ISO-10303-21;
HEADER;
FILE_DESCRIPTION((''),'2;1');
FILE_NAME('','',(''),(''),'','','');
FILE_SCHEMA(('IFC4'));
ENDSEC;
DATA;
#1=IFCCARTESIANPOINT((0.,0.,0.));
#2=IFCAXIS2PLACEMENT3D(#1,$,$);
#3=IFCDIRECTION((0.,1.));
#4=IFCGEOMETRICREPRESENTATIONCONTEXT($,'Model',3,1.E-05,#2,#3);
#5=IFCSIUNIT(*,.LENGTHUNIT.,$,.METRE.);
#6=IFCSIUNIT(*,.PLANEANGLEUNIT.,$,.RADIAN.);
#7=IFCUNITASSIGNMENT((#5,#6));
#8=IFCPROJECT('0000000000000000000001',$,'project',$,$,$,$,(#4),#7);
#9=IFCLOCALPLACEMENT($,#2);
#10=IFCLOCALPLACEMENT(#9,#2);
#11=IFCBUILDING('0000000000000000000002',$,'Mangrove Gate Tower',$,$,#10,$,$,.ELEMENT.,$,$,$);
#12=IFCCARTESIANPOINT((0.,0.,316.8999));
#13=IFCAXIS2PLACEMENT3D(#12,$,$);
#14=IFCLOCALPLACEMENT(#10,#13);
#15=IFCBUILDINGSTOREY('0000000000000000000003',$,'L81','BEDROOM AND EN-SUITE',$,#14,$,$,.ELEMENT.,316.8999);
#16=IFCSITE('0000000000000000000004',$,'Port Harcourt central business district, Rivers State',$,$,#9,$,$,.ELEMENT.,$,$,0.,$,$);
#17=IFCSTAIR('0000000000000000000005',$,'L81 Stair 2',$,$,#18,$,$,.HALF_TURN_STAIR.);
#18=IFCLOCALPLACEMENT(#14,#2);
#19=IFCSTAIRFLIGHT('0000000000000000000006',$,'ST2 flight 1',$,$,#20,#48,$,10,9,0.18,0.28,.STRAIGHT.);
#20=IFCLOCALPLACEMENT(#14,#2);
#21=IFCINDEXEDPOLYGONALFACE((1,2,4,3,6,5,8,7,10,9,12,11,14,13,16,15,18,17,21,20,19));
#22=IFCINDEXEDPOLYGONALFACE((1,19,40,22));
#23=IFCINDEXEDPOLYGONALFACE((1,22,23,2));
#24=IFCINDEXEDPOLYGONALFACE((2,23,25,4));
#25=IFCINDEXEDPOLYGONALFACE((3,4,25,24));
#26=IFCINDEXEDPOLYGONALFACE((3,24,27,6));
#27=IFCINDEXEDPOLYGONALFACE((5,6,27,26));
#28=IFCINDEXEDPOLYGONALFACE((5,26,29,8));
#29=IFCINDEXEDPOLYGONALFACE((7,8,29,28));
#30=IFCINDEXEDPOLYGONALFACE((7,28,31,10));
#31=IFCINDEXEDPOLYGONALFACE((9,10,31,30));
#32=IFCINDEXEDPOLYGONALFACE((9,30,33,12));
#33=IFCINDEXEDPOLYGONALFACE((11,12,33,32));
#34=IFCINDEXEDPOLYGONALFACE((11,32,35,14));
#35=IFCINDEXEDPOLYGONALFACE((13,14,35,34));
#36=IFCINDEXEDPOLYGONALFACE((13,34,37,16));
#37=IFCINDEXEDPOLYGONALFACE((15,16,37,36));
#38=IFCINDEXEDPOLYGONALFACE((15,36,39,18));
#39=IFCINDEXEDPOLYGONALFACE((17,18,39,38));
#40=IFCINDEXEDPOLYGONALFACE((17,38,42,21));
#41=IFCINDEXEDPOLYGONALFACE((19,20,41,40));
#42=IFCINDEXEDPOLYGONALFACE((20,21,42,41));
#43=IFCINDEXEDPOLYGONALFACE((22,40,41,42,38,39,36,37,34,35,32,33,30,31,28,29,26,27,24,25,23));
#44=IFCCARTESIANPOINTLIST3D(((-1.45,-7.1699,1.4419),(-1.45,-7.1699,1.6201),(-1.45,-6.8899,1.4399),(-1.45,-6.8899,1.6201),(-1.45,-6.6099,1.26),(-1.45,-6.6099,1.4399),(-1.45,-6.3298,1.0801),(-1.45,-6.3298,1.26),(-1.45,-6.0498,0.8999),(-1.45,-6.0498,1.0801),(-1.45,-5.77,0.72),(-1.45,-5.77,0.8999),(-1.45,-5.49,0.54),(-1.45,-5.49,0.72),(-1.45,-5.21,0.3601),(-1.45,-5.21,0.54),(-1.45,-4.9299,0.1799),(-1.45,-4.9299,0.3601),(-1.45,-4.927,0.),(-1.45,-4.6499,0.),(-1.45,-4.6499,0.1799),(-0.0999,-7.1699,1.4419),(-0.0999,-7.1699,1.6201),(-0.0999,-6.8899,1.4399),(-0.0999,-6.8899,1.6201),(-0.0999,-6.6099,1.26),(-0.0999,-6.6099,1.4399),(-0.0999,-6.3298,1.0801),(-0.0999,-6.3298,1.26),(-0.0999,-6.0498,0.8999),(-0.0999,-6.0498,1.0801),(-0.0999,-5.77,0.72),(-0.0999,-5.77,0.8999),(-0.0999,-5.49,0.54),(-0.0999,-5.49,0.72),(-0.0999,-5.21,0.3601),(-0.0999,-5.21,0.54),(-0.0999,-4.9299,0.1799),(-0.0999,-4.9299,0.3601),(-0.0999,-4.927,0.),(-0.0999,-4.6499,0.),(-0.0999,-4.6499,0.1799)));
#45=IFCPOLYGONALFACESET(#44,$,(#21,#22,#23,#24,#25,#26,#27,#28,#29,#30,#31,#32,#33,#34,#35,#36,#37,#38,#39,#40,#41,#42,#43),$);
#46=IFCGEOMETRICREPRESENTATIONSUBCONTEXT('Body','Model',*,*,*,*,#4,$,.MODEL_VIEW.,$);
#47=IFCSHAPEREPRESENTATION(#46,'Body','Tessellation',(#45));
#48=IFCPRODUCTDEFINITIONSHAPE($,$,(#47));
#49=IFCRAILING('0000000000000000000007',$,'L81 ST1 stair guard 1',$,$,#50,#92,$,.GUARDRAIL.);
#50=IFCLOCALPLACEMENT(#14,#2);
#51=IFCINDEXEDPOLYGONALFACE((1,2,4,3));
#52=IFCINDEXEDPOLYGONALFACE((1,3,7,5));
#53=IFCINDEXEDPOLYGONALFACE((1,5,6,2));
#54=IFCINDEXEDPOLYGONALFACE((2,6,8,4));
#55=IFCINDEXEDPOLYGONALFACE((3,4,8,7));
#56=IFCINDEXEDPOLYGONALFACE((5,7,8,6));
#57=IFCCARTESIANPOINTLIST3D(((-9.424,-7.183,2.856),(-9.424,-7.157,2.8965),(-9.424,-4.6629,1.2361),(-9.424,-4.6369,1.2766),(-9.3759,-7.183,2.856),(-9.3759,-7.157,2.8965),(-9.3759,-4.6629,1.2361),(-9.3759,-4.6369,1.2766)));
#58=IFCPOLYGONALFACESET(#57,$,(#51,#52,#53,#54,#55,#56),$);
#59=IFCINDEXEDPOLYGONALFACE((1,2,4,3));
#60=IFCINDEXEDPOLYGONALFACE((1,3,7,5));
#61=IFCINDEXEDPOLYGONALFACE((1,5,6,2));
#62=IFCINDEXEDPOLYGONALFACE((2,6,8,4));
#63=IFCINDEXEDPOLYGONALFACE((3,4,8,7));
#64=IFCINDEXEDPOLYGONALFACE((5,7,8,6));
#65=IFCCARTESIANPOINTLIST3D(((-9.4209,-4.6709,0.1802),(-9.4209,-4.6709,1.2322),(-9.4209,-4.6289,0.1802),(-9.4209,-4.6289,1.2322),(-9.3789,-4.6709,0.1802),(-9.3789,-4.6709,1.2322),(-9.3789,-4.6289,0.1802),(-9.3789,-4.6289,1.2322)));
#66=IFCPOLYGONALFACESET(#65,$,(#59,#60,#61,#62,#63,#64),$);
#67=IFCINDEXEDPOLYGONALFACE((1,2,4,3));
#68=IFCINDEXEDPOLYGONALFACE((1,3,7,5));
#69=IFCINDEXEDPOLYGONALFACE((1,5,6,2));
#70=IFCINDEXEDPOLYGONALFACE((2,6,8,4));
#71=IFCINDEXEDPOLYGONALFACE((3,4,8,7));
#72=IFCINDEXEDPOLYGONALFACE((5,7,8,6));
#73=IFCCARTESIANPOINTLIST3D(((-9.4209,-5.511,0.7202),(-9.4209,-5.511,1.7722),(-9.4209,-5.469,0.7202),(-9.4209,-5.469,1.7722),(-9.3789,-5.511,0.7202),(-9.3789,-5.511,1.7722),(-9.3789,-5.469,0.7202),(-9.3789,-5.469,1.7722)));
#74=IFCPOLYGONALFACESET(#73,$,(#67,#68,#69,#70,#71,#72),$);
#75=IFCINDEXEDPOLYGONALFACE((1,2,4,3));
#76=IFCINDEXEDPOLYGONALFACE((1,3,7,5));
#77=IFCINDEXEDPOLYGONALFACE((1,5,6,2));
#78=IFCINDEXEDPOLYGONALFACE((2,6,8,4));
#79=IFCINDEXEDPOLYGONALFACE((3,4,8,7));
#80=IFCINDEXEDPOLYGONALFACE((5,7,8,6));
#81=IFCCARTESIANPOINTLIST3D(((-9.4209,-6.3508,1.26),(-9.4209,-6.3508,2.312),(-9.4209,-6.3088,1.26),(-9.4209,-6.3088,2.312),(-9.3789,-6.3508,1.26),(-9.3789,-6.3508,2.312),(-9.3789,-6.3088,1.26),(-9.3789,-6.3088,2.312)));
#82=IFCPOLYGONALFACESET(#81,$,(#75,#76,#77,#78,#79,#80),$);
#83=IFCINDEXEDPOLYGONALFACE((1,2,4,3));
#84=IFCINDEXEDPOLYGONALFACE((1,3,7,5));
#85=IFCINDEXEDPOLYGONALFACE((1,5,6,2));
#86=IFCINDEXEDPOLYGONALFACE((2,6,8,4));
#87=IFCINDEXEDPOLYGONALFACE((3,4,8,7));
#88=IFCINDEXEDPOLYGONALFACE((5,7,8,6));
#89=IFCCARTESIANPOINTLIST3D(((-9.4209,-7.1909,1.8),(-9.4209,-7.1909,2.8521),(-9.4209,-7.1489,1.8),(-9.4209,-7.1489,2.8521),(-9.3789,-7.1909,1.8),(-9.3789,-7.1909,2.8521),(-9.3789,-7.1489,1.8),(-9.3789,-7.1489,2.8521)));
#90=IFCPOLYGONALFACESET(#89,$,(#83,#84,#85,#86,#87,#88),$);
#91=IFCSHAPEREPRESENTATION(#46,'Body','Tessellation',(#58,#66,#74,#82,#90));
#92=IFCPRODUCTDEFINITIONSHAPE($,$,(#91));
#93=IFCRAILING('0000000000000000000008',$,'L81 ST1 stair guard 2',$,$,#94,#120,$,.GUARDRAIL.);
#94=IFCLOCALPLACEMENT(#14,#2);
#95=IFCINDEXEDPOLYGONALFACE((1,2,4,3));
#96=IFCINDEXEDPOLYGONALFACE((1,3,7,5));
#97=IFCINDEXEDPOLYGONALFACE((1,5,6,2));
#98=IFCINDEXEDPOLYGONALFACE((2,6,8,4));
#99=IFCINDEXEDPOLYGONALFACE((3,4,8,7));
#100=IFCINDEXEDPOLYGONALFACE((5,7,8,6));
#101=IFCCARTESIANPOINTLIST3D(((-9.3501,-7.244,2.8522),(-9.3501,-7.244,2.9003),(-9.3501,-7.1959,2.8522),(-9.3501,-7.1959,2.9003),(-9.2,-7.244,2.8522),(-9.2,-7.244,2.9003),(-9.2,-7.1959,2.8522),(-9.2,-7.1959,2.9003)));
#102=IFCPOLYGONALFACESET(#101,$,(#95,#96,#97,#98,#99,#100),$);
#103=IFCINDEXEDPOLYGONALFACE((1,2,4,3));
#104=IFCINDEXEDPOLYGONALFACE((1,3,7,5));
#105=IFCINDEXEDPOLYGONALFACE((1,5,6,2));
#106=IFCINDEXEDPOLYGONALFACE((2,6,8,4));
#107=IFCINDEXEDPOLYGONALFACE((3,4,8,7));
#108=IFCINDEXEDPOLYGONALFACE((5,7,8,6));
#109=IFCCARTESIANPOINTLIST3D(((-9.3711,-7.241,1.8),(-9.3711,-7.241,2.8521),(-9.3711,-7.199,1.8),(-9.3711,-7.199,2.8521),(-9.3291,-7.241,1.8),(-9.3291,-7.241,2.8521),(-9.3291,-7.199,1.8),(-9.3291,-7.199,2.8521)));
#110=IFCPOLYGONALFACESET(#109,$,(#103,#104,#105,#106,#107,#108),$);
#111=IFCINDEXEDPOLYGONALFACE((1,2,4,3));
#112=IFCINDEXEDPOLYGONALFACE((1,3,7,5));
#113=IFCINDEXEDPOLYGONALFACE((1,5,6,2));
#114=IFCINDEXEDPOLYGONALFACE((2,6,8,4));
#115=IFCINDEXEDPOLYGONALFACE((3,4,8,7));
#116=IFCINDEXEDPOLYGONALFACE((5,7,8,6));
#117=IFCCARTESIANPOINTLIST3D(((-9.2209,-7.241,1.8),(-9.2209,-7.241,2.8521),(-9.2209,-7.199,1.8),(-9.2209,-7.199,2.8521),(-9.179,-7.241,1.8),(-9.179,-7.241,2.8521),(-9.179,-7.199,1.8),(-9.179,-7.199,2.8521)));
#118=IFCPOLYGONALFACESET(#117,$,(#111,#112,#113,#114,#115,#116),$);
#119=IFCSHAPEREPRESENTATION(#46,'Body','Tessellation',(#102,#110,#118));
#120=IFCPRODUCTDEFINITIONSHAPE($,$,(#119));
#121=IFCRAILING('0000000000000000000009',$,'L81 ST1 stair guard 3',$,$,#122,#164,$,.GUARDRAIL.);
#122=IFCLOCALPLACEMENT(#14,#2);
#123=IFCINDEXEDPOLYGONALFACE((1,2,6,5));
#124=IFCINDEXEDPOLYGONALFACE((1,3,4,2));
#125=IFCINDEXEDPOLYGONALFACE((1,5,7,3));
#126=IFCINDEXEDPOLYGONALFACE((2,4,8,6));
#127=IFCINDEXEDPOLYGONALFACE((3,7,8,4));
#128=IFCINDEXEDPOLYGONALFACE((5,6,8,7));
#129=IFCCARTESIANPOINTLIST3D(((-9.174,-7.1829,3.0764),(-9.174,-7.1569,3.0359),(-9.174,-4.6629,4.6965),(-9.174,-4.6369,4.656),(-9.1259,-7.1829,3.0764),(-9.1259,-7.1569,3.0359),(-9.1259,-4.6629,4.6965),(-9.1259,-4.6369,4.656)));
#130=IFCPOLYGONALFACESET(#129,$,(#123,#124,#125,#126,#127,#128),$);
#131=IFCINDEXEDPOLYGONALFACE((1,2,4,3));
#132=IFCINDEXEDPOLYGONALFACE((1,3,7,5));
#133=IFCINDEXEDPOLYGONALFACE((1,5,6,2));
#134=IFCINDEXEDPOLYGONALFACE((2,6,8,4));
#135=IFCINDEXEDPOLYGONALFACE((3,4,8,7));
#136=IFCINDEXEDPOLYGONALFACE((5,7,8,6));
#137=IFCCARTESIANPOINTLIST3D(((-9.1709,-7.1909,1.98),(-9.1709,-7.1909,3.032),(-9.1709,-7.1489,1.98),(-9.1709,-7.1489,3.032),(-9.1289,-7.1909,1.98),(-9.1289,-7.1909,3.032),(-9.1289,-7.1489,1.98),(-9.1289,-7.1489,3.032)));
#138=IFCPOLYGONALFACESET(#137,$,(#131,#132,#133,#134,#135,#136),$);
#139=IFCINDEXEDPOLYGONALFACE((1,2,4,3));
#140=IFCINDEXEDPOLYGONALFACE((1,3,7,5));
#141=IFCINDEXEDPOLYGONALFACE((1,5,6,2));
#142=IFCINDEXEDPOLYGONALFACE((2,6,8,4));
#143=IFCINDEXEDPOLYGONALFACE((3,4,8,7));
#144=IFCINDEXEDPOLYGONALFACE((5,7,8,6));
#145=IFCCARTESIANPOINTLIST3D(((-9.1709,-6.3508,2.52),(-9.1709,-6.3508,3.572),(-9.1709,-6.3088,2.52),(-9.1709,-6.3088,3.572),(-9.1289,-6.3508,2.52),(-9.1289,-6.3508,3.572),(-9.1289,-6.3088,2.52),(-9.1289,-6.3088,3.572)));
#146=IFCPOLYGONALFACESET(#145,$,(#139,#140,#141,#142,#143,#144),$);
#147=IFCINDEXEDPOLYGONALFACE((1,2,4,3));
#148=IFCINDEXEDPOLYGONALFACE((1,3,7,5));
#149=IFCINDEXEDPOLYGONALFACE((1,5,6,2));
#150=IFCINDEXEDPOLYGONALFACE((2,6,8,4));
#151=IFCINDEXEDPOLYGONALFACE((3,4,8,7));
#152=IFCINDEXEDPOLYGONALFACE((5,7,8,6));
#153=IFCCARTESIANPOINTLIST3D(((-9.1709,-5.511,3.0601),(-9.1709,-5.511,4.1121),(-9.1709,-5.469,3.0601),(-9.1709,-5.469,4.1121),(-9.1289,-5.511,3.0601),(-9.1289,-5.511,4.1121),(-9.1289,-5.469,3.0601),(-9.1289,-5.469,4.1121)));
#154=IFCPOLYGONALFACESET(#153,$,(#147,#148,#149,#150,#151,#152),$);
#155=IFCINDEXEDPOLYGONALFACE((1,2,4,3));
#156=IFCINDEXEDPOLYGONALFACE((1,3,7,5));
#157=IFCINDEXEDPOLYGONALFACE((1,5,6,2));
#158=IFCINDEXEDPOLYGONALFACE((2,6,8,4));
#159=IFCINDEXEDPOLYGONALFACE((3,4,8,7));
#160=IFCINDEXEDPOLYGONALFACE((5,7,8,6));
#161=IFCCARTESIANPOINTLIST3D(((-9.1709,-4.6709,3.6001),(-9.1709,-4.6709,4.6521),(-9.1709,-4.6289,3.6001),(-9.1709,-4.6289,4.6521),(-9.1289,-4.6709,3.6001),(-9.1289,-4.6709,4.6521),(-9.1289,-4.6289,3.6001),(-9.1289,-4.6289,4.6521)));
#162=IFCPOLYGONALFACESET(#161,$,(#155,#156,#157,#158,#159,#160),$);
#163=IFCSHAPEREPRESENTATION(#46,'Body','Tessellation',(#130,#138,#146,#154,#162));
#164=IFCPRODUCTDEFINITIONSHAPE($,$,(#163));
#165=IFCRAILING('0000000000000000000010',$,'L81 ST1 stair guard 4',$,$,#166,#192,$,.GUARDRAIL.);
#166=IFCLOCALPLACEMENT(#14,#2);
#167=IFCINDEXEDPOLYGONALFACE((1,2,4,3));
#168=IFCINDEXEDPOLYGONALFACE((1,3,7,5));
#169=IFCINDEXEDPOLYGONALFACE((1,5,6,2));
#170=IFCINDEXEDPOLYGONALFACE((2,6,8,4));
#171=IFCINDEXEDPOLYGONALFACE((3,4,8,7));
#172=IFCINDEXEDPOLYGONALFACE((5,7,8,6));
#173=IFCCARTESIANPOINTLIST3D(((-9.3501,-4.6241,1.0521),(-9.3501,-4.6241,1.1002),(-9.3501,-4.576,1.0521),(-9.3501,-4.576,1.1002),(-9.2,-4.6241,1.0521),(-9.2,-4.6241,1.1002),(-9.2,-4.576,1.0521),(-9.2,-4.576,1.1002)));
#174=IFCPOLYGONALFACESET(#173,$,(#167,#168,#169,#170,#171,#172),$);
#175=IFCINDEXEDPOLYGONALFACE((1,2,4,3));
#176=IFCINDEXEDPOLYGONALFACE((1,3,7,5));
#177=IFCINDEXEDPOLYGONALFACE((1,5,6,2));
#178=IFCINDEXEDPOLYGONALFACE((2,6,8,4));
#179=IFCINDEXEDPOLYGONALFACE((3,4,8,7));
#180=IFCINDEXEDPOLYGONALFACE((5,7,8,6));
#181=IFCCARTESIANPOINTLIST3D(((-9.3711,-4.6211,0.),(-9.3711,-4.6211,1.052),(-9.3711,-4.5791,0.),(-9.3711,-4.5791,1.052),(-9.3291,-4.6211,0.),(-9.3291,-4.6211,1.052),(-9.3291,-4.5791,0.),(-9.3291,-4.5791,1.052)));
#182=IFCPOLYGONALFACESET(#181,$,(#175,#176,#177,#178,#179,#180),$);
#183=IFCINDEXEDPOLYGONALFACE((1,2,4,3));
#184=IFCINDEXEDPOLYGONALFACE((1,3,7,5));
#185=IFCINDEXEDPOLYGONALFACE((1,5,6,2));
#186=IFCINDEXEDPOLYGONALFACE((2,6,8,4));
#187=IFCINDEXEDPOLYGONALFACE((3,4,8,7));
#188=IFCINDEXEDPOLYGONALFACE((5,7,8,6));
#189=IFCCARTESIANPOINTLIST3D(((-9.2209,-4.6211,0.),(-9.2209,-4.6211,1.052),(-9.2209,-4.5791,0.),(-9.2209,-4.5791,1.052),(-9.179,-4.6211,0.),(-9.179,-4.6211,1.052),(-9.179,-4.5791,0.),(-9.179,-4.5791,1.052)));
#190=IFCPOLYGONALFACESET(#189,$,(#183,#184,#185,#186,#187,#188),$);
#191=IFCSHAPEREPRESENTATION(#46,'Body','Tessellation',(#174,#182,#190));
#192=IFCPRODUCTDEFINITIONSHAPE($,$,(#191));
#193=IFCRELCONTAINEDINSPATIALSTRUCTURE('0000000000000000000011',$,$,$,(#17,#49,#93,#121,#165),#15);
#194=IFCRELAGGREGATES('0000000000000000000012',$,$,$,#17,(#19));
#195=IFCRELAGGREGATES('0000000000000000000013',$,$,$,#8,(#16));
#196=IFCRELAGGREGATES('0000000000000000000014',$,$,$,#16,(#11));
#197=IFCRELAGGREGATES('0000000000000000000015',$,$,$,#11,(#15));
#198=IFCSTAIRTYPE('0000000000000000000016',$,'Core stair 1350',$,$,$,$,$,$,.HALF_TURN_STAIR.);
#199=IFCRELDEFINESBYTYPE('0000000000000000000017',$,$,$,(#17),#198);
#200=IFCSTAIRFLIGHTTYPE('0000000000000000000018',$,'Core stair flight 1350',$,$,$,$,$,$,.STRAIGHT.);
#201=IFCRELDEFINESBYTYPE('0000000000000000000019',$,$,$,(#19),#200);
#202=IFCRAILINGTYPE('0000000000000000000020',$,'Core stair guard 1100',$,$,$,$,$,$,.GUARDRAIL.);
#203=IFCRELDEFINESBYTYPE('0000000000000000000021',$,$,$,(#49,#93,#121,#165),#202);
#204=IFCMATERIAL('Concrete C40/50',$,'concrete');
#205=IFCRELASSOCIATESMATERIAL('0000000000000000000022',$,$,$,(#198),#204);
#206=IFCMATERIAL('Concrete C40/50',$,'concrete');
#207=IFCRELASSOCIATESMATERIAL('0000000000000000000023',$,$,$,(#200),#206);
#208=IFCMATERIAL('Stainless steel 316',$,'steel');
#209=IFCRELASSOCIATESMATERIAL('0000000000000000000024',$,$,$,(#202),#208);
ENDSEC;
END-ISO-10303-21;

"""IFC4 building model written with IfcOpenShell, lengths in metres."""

from ifc_helpers import new_model, si_unit, direction, frame, origin, origin_2d, place, context, subcontext, project, spatial, polyline, rectangle, outline, extrude, material, type_object, element, aggregate, save


model = new_model("IFC4")

# Units and contexts
model_context = context("Model", 3, precision=1e-05, world=origin(), true_north=direction((0.0, 1.0)))
body_context = subcontext(model_context, "Body", "Model", "MODEL_VIEW")
ifc_project = project(units=[si_unit("LENGTHUNIT", "METRE"), si_unit("PLANEANGLEUNIT", "RADIAN")], contexts=[model_context])

# Site, building, storey
site_placement = place(None, origin())
site = spatial("IfcSite", under=ifc_project, at=site_placement, Name="Port Harcourt central business district, Rivers State", CompositionType="ELEMENT", RefElevation=0.0)
building_placement = place(site_placement, origin())
building = spatial("IfcBuilding", under=site, at=building_placement, Name="Mangrove Gate Tower", CompositionType="ELEMENT")
storey_placement = place(building_placement, frame((0.0, 0.0, 316.8999)))
storey = spatial("IfcBuildingStorey", under=building, at=storey_placement, Name="L81", Description="BEDROOM AND EN-SUITE", CompositionType="ELEMENT", Elevation=316.8999)

# Shared definitions
ifc_material_1 = material(Name="Concrete C40/50", Category="concrete")
stair_type = type_object("IfcStairType", Name="Core stair 1350", PredefinedType="HALF_TURN_STAIR", material=ifc_material_1)
ifc_material_2 = material(Name="Concrete C40/50", Category="concrete")
stair_flight_type = type_object("IfcStairFlightType", Name="Core stair flight 1350", PredefinedType="STRAIGHT", material=ifc_material_2)

# Stair, stair flight
stair_1_placement = place(storey_placement, origin())
stair_1 = element("IfcStair", 1, at=stair_1_placement, inside=storey, type_object=stair_type, Name="L81 Stair 2", PredefinedType="HALF_TURN_STAIR")
stair_flight_1_placement = place(storey_placement, frame((-0.7749, -4.6499, 0.0), z_axis=(0.0, 0.0, 1.0), x_axis=(0.0, -1.0, 0.0)))
stair_flight_1 = element("IfcStairFlight", 2, at=stair_flight_1_placement, type_object=stair_flight_type, Name="ST2 flight 1", NumberOfRisers=10, NumberOfTreads=9, PredefinedType="STRAIGHT", RiserHeight=0.18, TreadLength=0.28, context=body_context, shape_type="SweptSolid", body=[
    extrude(outline(polyline([(0.0, 0.0), (0.0, 0.1799), (0.28, 0.1799), (0.28, 0.3601), (0.5601, 0.3601), (0.5601, 0.54), (0.8401, 0.54), (0.8401, 0.72), (1.1201, 0.72), (1.1201, 0.8999), (1.3999, 0.8999), (1.3999, 1.0801), (1.6799, 1.0801), (1.6799, 1.26), (1.96, 1.26), (1.96, 1.4399), (2.24, 1.4399), (2.24, 1.6201), (2.52, 1.6201), (2.52, 1.8), (2.52, 1.4419), (0.2771, 0.0), (0.0, 0.0)])), frame((0.0, 0.675, 0.0), z_axis=(0.0, -1.0, 0.0), x_axis=(1.0, 0.0, 0.0)), (0.0, 0.0, 1.0), 1.3501),
])
aggregate(stair_1, [stair_flight_1])

# Railings
ifc_material_3 = material(Name="Stainless steel 316", Category="steel")
railing_type_1 = type_object("IfcRailingType", Name="Core stair guard 1100", PredefinedType="GUARDRAIL", material=ifc_material_3)
railing_1_placement = place(storey_placement, frame((-9.3999, -4.6499, 0.1802)))
element("IfcRailing", 3, at=railing_1_placement, inside=storey, type_object=railing_type_1, Name="L81 ST1 stair guard 1", PredefinedType="GUARDRAIL", context=body_context, shape_type="SweptSolid", body=[
    extrude(rectangle(XDim=0.0481, YDim=0.0481, at=origin_2d()), frame((0.0, 0.0, 1.0762), z_axis=(0.0, -0.8412, 0.540725), x_axis=(1.0, 0.0, 0.0)), (0.0, 0.0, 1.0), 2.9958),
    extrude(rectangle(XDim=0.042, YDim=0.042, at=origin_2d()), origin(), (0.0, 0.0, 1.0), 1.052),
    extrude(rectangle(XDim=0.042, YDim=0.042, at=origin_2d()), frame((0.0, -0.8401, 0.54)), (0.0, 0.0, 1.0), 1.052),
    extrude(rectangle(XDim=0.042, YDim=0.042, at=origin_2d()), frame((0.0, -1.6799, 1.0798)), (0.0, 0.0, 1.0), 1.052),
    extrude(rectangle(XDim=0.042, YDim=0.042, at=origin_2d()), frame((0.0, -2.52, 1.6199)), (0.0, 0.0, 1.0), 1.052),
])
railing_2_placement = place(storey_placement, frame((-9.3501, -7.22, 1.8)))
element("IfcRailing", 4, at=railing_2_placement, inside=storey, type_object=railing_type_1, Name="L81 ST1 stair guard 2", PredefinedType="GUARDRAIL", context=body_context, shape_type="SweptSolid", body=[
    extrude(rectangle(XDim=0.0481, YDim=0.0481, at=origin_2d()), frame((0.0, 0.0, 1.0762), z_axis=(1.0, 0.0, 0.0), x_axis=(0.0, 1.0, 0.0)), (0.0, 0.0, 1.0), 0.1501),
    extrude(rectangle(XDim=0.042, YDim=0.042, at=origin_2d()), origin(), (0.0, 0.0, 1.0), 1.052),
    extrude(rectangle(XDim=0.042, YDim=0.042, at=origin_2d()), frame((0.1501, 0.0, 0.0)), (0.0, 0.0, 1.0), 1.052),
])
railing_3_placement = place(storey_placement, frame((-9.1499, -7.1699, 1.98)))
element("IfcRailing", 5, at=railing_3_placement, inside=storey, type_object=railing_type_1, Name="L81 ST1 stair guard 3", PredefinedType="GUARDRAIL", context=body_context, shape_type="SweptSolid", body=[
    extrude(rectangle(XDim=0.0481, YDim=0.0481, at=origin_2d()), frame((0.0, 0.0, 1.0762), z_axis=(0.0, 0.841163, 0.540782), x_axis=(-1.0, 0.0, 0.0)), (0.0, 0.0, 1.0), 2.9958),
    extrude(rectangle(XDim=0.042, YDim=0.042, at=origin_2d()), origin(), (0.0, 0.0, 1.0), 1.052),
    extrude(rectangle(XDim=0.042, YDim=0.042, at=origin_2d()), frame((0.0, 0.8401, 0.54)), (0.0, 0.0, 1.0), 1.052),
    extrude(rectangle(XDim=0.042, YDim=0.042, at=origin_2d()), frame((0.0, 1.6799, 1.0801)), (0.0, 0.0, 1.0), 1.052),
    extrude(rectangle(XDim=0.042, YDim=0.042, at=origin_2d()), frame((0.0, 2.52, 1.6201)), (0.0, 0.0, 1.0), 1.052),
])
railing_4_placement = place(storey_placement, frame((-9.3501, -4.6001, 0.0)))
element("IfcRailing", 6, at=railing_4_placement, inside=storey, type_object=railing_type_1, Name="L81 ST1 stair guard 4", PredefinedType="GUARDRAIL", context=body_context, shape_type="SweptSolid", body=[
    extrude(rectangle(XDim=0.0481, YDim=0.0481, at=origin_2d()), frame((0.0, 0.0, 1.0762), z_axis=(1.0, 0.0, 0.0), x_axis=(0.0, 1.0, 0.0)), (0.0, 0.0, 1.0), 0.1501),
    extrude(rectangle(XDim=0.042, YDim=0.042, at=origin_2d()), origin(), (0.0, 0.0, 1.0), 1.052),
    extrude(rectangle(XDim=0.042, YDim=0.042, at=origin_2d()), frame((0.1501, 0.0, 0.0)), (0.0, 0.0, 1.0), 1.052),
])

save(model, "model.ifc")
